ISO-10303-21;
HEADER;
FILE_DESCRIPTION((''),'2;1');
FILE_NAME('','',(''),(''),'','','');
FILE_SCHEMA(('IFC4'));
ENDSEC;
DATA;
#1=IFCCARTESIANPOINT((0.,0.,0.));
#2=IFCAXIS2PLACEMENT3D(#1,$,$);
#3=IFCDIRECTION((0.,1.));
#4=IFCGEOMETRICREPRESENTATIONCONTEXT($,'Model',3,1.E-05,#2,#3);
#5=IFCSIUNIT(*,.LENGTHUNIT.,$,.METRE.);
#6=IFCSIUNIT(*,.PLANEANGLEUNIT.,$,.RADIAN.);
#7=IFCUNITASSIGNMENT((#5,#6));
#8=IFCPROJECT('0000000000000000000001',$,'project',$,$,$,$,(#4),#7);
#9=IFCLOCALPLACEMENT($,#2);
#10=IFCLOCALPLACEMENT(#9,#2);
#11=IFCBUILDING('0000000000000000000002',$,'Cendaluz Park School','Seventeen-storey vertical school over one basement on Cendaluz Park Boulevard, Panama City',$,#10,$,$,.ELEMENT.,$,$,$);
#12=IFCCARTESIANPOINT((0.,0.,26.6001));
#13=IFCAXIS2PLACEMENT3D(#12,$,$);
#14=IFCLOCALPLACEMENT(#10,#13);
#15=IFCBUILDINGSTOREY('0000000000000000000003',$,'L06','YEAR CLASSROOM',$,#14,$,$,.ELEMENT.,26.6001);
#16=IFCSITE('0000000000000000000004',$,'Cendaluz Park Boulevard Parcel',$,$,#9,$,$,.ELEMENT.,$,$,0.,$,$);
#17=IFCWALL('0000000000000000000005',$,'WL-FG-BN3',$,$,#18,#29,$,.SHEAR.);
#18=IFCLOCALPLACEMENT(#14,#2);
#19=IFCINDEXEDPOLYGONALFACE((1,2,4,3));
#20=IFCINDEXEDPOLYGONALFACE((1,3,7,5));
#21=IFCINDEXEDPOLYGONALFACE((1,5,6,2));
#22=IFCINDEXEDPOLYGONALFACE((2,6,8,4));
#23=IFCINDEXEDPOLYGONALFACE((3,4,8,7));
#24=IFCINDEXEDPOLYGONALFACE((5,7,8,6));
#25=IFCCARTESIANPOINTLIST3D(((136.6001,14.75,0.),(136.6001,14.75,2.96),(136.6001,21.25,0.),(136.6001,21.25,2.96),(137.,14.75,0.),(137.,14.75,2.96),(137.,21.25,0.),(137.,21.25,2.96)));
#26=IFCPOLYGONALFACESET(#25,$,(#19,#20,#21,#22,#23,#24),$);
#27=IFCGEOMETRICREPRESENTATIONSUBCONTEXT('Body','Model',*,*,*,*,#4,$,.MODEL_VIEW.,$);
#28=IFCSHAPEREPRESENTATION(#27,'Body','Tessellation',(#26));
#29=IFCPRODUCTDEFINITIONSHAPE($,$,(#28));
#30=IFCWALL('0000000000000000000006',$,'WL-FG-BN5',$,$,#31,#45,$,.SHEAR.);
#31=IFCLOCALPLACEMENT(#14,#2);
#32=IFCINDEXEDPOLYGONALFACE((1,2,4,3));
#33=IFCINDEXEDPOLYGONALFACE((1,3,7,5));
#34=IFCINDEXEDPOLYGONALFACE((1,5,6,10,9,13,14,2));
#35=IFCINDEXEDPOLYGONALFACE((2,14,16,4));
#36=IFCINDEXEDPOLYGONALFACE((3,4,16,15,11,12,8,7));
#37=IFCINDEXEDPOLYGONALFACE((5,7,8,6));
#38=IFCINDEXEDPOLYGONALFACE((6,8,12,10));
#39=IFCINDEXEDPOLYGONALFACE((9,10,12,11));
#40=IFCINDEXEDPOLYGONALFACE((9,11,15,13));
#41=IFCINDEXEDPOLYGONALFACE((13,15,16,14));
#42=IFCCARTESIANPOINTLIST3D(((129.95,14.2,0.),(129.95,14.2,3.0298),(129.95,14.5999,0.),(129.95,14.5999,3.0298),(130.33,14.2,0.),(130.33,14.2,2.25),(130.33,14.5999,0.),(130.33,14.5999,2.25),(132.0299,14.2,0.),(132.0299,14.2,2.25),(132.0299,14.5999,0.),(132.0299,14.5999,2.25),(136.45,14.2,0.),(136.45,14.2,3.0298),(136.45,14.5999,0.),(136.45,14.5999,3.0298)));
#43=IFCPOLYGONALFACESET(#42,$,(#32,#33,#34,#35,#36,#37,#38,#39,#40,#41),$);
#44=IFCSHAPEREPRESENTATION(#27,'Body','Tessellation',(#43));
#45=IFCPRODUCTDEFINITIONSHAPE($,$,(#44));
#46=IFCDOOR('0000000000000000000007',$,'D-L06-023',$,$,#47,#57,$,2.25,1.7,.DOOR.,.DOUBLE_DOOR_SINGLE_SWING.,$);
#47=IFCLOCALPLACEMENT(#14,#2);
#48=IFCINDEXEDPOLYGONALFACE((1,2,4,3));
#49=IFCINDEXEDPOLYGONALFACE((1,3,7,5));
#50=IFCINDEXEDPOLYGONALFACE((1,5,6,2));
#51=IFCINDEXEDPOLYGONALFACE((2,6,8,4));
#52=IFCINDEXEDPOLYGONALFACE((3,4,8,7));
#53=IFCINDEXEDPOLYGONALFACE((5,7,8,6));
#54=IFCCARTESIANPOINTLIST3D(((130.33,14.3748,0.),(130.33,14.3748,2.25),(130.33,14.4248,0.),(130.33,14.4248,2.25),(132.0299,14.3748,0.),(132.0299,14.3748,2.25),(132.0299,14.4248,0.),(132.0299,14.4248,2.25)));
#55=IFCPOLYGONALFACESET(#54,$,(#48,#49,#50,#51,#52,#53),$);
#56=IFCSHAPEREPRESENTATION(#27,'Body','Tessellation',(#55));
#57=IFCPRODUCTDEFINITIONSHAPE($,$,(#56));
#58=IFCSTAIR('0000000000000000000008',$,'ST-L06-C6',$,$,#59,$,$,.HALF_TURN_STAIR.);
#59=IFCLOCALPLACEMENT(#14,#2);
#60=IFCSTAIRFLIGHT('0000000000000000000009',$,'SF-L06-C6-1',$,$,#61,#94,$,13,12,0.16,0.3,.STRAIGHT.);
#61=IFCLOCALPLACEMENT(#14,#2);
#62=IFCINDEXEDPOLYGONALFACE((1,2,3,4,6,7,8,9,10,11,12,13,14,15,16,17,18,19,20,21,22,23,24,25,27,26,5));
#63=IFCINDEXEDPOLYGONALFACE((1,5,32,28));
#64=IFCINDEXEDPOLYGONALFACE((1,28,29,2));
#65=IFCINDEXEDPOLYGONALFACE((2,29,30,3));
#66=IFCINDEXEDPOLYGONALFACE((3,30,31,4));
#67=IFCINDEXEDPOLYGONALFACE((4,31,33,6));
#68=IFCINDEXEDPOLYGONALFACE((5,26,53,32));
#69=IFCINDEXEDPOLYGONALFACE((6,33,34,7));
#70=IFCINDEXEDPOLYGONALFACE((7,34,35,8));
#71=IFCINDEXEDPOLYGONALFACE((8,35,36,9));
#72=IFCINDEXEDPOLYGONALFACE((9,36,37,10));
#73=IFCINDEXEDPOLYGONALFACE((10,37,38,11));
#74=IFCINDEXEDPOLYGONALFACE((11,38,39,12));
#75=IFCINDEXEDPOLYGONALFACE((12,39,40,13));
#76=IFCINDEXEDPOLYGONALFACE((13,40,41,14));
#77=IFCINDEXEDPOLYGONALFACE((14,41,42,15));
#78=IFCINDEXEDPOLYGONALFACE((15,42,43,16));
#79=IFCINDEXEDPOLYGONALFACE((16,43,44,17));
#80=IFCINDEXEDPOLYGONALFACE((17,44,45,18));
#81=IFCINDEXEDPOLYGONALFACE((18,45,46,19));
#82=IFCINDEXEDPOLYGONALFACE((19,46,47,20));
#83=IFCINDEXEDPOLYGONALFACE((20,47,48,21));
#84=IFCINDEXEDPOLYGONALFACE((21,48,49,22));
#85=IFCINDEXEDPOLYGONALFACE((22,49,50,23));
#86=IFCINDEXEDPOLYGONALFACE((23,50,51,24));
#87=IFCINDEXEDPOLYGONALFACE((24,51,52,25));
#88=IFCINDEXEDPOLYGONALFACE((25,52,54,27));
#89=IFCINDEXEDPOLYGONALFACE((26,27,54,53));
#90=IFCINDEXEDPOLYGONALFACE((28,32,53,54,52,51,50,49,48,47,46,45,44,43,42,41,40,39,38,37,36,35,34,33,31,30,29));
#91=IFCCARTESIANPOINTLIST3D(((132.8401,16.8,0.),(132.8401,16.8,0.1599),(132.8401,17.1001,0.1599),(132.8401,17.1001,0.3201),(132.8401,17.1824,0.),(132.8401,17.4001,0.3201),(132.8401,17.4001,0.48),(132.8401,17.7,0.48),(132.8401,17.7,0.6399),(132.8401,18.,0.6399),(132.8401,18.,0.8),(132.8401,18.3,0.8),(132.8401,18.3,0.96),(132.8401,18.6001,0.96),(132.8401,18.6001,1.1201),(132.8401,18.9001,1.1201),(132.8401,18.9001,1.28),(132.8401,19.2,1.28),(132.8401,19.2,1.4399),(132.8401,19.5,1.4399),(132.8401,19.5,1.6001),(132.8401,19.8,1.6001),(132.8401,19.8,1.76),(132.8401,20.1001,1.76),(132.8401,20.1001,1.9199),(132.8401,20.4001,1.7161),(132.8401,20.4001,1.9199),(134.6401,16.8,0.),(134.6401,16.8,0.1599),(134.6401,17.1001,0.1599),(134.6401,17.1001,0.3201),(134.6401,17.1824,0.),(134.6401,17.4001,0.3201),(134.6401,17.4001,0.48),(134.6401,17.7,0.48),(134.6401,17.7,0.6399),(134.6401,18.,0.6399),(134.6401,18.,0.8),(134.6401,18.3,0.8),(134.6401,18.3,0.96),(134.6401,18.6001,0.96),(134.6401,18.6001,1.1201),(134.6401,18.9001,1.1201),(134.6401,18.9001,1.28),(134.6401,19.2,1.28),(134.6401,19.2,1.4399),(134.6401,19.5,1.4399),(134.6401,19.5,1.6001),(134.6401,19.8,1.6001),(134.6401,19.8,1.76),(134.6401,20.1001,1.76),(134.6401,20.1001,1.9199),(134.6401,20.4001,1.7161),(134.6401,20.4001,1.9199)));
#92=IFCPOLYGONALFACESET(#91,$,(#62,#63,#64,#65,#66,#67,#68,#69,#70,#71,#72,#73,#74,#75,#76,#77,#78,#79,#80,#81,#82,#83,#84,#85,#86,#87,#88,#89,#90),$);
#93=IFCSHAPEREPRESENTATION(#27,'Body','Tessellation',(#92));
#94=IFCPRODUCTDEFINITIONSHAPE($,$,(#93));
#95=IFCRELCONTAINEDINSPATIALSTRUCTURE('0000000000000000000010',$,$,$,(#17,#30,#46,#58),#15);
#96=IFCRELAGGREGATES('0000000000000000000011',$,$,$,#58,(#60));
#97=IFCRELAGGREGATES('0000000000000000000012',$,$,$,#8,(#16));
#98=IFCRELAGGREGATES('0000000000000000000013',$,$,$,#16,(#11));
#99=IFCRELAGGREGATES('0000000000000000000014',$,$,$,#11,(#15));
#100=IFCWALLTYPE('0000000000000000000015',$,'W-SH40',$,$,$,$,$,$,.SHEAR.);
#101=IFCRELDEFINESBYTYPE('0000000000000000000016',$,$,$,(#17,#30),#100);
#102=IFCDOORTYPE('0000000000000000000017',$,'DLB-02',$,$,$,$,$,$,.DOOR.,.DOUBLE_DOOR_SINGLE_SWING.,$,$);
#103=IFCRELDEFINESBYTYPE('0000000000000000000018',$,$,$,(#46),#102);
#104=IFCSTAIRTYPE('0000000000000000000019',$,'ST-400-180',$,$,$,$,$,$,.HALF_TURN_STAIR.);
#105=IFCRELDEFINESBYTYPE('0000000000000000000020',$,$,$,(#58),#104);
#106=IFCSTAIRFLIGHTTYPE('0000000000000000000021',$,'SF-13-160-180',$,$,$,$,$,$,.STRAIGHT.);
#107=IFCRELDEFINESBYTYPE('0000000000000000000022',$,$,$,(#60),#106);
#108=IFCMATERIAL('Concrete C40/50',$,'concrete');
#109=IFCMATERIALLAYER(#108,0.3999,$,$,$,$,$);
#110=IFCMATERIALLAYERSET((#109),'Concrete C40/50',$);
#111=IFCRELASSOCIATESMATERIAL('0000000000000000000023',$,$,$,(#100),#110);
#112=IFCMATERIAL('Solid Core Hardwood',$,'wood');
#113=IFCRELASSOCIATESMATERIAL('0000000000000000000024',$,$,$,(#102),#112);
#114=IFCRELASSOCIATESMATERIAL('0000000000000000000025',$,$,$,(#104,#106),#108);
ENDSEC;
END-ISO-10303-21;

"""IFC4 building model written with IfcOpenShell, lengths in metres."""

from ifc_helpers import new_model, si_unit, direction, frame, frame_2d, origin, place, context, subcontext, project, spatial, polyline, rectangle, outline, extrude, material, layer, layer_set, type_object, element, fill, aggregate, save


model = new_model("IFC4")

# Units and contexts
model_context = context("Model", 3, precision=1e-05, world=origin(), true_north=direction((0.0, 1.0)))
body_context = subcontext(model_context, "Body", "Model", "MODEL_VIEW")
ifc_project = project(units=[si_unit("LENGTHUNIT", "METRE"), si_unit("PLANEANGLEUNIT", "RADIAN")], contexts=[model_context])

# Site, building, storey
site_placement = place(None, origin())
site = spatial("IfcSite", under=ifc_project, at=site_placement, Name="Cendaluz Park Boulevard Parcel", CompositionType="ELEMENT", RefElevation=0.0)
building_placement = place(site_placement, origin())
building = spatial("IfcBuilding", under=site, at=building_placement, Name="Cendaluz Park School", Description="Seventeen-storey vertical school over one basement on Cendaluz Park Boulevard, Panama City", CompositionType="ELEMENT")
storey_placement = place(building_placement, frame((0.0, 0.0, 26.6001)))
storey = spatial("IfcBuildingStorey", under=building, at=storey_placement, Name="L06", Description="YEAR CLASSROOM", CompositionType="ELEMENT", Elevation=26.6001)

# Shared definitions
ifc_material_1 = material(Name="Concrete C40/50", Category="concrete")

# Shared definitions
ifc_material_2 = material(Name="Solid Core Hardwood", Category="wood")

# Wall
ifc_layer_1 = layer(ifc_material_1, 0.3999)
ifc_layer_set_1 = layer_set([ifc_layer_1], Name="Concrete C40/50")
wall_type_1 = type_object("IfcWallType", Name="W-SH40", PredefinedType="SHEAR", material=ifc_layer_set_1)
wall_1_placement = place(storey_placement, frame((136.8, 14.75, 0.0), z_axis=(0.0, 0.0, 1.0), x_axis=(0.0, 1.0, 0.0)))
element("IfcWall", 1, at=wall_1_placement, inside=storey, type_object=wall_type_1, Name="WL-FG-BN3", PredefinedType="SHEAR", context=body_context, shape_type="SweptSolid", body=[
    extrude(rectangle(XDim=6.5, YDim=0.3999, at=frame_2d((3.25, 0.0))), origin(), (0.0, 0.0, 1.0), 2.96),
])

# Wall, opening, door
wall_2_placement = place(storey_placement, frame((129.95, 14.3999, 0.0), z_axis=(0.0, 0.0, 1.0), x_axis=(1.0, 0.0, 0.0)))
wall_2 = element("IfcWall", 2, at=wall_2_placement, inside=storey, type_object=wall_type_1, Name="WL-FG-BN5", PredefinedType="SHEAR", context=body_context, shape_type="SweptSolid", body=[
    extrude(rectangle(XDim=6.5, YDim=0.3999, at=frame_2d((3.25, 0.0))), origin(), (0.0, 0.0, 1.0), 3.0298),
])
opening_1_placement = place(wall_2_placement, frame((0.3799, 0.0, 0.0)))
opening_1 = element("IfcOpeningElement", 3, at=opening_1_placement, cuts=wall_2, PredefinedType="OPENING", context=body_context, shape_type="SweptSolid", body=[
    extrude(rectangle(XDim=1.7, YDim=2.25, at=frame_2d((0.8501, 1.125))), frame((0.0, 0.2119, 0.0), z_axis=(0.0, -1.0, 0.0), x_axis=(1.0, 0.0, 0.0)), (0.0, 0.0, 1.0), 0.4238),
])
door_type_1 = type_object("IfcDoorType", Name="DLB-02", OperationType="DOUBLE_DOOR_SINGLE_SWING", PredefinedType="DOOR", material=ifc_material_2)
door_1_placement = place(opening_1_placement, origin())
door_1 = element("IfcDoor", 4, at=door_1_placement, inside=storey, type_object=door_type_1, Name="D-L06-023", OperationType="DOUBLE_DOOR_SINGLE_SWING", OverallHeight=2.25, OverallWidth=1.7, PredefinedType="DOOR", context=body_context, shape_type="SweptSolid", body=[
    extrude(rectangle(XDim=1.7, YDim=2.25, at=frame_2d((0.8501, 1.125))), frame((0.0, 0.0249, 0.0), z_axis=(0.0, -1.0, 0.0), x_axis=(1.0, 0.0, 0.0)), (0.0, 0.0, 1.0), 0.05),
])
fill(opening_1, door_1)

# Stair, stair flight
stair_type = type_object("IfcStairType", Name="ST-400-180", PredefinedType="HALF_TURN_STAIR", material=ifc_material_1)
stair_placement = place(storey_placement, origin())
stair = element("IfcStair", 5, at=stair_placement, inside=storey, type_object=stair_type, Name="ST-L06-C6", PredefinedType="HALF_TURN_STAIR")
stair_flight_type = type_object("IfcStairFlightType", Name="SF-13-160-180", PredefinedType="STRAIGHT", material=ifc_material_1)
stair_flight_placement = place(storey_placement, frame((133.74, 16.8, 0.0), z_axis=(0.0, 0.0, 1.0), x_axis=(0.0, 1.0, 0.0)))
stair_flight = element("IfcStairFlight", 6, at=stair_flight_placement, type_object=stair_flight_type, Name="SF-L06-C6-1", NumberOfRisers=13, NumberOfTreads=12, PredefinedType="STRAIGHT", RiserHeight=0.16, TreadLength=0.3, context=body_context, shape_type="SweptSolid", body=[
    extrude(outline(polyline([(0.0, 0.0), (0.0, 0.1599), (0.3, 0.1599), (0.3, 0.3201), (0.6001, 0.3201), (0.6001, 0.48), (0.8999, 0.48), (0.8999, 0.6399), (1.2, 0.6399), (1.2, 0.8), (1.5, 0.8), (1.5, 0.96), (1.8, 0.96), (1.8, 1.1201), (2.1001, 1.1201), (2.1001, 1.28), (2.3999, 1.28), (2.3999, 1.4399), (2.7, 1.4399), (2.7, 1.6001), (3.0, 1.6001), (3.0, 1.76), (3.3, 1.76), (3.3, 1.9199), (3.6001, 1.9199), (3.6001, 2.0801), (3.6001, 1.7161), (0.3823, 0.0), (0.0, 0.0)])), frame((0.0, 0.8999, 0.0), z_axis=(0.0, -1.0, 0.0), x_axis=(1.0, 0.0, 0.0)), (0.0, 0.0, 1.0), 1.8),
])
aggregate(stair, [stair_flight])

save(model, "model.ifc")
